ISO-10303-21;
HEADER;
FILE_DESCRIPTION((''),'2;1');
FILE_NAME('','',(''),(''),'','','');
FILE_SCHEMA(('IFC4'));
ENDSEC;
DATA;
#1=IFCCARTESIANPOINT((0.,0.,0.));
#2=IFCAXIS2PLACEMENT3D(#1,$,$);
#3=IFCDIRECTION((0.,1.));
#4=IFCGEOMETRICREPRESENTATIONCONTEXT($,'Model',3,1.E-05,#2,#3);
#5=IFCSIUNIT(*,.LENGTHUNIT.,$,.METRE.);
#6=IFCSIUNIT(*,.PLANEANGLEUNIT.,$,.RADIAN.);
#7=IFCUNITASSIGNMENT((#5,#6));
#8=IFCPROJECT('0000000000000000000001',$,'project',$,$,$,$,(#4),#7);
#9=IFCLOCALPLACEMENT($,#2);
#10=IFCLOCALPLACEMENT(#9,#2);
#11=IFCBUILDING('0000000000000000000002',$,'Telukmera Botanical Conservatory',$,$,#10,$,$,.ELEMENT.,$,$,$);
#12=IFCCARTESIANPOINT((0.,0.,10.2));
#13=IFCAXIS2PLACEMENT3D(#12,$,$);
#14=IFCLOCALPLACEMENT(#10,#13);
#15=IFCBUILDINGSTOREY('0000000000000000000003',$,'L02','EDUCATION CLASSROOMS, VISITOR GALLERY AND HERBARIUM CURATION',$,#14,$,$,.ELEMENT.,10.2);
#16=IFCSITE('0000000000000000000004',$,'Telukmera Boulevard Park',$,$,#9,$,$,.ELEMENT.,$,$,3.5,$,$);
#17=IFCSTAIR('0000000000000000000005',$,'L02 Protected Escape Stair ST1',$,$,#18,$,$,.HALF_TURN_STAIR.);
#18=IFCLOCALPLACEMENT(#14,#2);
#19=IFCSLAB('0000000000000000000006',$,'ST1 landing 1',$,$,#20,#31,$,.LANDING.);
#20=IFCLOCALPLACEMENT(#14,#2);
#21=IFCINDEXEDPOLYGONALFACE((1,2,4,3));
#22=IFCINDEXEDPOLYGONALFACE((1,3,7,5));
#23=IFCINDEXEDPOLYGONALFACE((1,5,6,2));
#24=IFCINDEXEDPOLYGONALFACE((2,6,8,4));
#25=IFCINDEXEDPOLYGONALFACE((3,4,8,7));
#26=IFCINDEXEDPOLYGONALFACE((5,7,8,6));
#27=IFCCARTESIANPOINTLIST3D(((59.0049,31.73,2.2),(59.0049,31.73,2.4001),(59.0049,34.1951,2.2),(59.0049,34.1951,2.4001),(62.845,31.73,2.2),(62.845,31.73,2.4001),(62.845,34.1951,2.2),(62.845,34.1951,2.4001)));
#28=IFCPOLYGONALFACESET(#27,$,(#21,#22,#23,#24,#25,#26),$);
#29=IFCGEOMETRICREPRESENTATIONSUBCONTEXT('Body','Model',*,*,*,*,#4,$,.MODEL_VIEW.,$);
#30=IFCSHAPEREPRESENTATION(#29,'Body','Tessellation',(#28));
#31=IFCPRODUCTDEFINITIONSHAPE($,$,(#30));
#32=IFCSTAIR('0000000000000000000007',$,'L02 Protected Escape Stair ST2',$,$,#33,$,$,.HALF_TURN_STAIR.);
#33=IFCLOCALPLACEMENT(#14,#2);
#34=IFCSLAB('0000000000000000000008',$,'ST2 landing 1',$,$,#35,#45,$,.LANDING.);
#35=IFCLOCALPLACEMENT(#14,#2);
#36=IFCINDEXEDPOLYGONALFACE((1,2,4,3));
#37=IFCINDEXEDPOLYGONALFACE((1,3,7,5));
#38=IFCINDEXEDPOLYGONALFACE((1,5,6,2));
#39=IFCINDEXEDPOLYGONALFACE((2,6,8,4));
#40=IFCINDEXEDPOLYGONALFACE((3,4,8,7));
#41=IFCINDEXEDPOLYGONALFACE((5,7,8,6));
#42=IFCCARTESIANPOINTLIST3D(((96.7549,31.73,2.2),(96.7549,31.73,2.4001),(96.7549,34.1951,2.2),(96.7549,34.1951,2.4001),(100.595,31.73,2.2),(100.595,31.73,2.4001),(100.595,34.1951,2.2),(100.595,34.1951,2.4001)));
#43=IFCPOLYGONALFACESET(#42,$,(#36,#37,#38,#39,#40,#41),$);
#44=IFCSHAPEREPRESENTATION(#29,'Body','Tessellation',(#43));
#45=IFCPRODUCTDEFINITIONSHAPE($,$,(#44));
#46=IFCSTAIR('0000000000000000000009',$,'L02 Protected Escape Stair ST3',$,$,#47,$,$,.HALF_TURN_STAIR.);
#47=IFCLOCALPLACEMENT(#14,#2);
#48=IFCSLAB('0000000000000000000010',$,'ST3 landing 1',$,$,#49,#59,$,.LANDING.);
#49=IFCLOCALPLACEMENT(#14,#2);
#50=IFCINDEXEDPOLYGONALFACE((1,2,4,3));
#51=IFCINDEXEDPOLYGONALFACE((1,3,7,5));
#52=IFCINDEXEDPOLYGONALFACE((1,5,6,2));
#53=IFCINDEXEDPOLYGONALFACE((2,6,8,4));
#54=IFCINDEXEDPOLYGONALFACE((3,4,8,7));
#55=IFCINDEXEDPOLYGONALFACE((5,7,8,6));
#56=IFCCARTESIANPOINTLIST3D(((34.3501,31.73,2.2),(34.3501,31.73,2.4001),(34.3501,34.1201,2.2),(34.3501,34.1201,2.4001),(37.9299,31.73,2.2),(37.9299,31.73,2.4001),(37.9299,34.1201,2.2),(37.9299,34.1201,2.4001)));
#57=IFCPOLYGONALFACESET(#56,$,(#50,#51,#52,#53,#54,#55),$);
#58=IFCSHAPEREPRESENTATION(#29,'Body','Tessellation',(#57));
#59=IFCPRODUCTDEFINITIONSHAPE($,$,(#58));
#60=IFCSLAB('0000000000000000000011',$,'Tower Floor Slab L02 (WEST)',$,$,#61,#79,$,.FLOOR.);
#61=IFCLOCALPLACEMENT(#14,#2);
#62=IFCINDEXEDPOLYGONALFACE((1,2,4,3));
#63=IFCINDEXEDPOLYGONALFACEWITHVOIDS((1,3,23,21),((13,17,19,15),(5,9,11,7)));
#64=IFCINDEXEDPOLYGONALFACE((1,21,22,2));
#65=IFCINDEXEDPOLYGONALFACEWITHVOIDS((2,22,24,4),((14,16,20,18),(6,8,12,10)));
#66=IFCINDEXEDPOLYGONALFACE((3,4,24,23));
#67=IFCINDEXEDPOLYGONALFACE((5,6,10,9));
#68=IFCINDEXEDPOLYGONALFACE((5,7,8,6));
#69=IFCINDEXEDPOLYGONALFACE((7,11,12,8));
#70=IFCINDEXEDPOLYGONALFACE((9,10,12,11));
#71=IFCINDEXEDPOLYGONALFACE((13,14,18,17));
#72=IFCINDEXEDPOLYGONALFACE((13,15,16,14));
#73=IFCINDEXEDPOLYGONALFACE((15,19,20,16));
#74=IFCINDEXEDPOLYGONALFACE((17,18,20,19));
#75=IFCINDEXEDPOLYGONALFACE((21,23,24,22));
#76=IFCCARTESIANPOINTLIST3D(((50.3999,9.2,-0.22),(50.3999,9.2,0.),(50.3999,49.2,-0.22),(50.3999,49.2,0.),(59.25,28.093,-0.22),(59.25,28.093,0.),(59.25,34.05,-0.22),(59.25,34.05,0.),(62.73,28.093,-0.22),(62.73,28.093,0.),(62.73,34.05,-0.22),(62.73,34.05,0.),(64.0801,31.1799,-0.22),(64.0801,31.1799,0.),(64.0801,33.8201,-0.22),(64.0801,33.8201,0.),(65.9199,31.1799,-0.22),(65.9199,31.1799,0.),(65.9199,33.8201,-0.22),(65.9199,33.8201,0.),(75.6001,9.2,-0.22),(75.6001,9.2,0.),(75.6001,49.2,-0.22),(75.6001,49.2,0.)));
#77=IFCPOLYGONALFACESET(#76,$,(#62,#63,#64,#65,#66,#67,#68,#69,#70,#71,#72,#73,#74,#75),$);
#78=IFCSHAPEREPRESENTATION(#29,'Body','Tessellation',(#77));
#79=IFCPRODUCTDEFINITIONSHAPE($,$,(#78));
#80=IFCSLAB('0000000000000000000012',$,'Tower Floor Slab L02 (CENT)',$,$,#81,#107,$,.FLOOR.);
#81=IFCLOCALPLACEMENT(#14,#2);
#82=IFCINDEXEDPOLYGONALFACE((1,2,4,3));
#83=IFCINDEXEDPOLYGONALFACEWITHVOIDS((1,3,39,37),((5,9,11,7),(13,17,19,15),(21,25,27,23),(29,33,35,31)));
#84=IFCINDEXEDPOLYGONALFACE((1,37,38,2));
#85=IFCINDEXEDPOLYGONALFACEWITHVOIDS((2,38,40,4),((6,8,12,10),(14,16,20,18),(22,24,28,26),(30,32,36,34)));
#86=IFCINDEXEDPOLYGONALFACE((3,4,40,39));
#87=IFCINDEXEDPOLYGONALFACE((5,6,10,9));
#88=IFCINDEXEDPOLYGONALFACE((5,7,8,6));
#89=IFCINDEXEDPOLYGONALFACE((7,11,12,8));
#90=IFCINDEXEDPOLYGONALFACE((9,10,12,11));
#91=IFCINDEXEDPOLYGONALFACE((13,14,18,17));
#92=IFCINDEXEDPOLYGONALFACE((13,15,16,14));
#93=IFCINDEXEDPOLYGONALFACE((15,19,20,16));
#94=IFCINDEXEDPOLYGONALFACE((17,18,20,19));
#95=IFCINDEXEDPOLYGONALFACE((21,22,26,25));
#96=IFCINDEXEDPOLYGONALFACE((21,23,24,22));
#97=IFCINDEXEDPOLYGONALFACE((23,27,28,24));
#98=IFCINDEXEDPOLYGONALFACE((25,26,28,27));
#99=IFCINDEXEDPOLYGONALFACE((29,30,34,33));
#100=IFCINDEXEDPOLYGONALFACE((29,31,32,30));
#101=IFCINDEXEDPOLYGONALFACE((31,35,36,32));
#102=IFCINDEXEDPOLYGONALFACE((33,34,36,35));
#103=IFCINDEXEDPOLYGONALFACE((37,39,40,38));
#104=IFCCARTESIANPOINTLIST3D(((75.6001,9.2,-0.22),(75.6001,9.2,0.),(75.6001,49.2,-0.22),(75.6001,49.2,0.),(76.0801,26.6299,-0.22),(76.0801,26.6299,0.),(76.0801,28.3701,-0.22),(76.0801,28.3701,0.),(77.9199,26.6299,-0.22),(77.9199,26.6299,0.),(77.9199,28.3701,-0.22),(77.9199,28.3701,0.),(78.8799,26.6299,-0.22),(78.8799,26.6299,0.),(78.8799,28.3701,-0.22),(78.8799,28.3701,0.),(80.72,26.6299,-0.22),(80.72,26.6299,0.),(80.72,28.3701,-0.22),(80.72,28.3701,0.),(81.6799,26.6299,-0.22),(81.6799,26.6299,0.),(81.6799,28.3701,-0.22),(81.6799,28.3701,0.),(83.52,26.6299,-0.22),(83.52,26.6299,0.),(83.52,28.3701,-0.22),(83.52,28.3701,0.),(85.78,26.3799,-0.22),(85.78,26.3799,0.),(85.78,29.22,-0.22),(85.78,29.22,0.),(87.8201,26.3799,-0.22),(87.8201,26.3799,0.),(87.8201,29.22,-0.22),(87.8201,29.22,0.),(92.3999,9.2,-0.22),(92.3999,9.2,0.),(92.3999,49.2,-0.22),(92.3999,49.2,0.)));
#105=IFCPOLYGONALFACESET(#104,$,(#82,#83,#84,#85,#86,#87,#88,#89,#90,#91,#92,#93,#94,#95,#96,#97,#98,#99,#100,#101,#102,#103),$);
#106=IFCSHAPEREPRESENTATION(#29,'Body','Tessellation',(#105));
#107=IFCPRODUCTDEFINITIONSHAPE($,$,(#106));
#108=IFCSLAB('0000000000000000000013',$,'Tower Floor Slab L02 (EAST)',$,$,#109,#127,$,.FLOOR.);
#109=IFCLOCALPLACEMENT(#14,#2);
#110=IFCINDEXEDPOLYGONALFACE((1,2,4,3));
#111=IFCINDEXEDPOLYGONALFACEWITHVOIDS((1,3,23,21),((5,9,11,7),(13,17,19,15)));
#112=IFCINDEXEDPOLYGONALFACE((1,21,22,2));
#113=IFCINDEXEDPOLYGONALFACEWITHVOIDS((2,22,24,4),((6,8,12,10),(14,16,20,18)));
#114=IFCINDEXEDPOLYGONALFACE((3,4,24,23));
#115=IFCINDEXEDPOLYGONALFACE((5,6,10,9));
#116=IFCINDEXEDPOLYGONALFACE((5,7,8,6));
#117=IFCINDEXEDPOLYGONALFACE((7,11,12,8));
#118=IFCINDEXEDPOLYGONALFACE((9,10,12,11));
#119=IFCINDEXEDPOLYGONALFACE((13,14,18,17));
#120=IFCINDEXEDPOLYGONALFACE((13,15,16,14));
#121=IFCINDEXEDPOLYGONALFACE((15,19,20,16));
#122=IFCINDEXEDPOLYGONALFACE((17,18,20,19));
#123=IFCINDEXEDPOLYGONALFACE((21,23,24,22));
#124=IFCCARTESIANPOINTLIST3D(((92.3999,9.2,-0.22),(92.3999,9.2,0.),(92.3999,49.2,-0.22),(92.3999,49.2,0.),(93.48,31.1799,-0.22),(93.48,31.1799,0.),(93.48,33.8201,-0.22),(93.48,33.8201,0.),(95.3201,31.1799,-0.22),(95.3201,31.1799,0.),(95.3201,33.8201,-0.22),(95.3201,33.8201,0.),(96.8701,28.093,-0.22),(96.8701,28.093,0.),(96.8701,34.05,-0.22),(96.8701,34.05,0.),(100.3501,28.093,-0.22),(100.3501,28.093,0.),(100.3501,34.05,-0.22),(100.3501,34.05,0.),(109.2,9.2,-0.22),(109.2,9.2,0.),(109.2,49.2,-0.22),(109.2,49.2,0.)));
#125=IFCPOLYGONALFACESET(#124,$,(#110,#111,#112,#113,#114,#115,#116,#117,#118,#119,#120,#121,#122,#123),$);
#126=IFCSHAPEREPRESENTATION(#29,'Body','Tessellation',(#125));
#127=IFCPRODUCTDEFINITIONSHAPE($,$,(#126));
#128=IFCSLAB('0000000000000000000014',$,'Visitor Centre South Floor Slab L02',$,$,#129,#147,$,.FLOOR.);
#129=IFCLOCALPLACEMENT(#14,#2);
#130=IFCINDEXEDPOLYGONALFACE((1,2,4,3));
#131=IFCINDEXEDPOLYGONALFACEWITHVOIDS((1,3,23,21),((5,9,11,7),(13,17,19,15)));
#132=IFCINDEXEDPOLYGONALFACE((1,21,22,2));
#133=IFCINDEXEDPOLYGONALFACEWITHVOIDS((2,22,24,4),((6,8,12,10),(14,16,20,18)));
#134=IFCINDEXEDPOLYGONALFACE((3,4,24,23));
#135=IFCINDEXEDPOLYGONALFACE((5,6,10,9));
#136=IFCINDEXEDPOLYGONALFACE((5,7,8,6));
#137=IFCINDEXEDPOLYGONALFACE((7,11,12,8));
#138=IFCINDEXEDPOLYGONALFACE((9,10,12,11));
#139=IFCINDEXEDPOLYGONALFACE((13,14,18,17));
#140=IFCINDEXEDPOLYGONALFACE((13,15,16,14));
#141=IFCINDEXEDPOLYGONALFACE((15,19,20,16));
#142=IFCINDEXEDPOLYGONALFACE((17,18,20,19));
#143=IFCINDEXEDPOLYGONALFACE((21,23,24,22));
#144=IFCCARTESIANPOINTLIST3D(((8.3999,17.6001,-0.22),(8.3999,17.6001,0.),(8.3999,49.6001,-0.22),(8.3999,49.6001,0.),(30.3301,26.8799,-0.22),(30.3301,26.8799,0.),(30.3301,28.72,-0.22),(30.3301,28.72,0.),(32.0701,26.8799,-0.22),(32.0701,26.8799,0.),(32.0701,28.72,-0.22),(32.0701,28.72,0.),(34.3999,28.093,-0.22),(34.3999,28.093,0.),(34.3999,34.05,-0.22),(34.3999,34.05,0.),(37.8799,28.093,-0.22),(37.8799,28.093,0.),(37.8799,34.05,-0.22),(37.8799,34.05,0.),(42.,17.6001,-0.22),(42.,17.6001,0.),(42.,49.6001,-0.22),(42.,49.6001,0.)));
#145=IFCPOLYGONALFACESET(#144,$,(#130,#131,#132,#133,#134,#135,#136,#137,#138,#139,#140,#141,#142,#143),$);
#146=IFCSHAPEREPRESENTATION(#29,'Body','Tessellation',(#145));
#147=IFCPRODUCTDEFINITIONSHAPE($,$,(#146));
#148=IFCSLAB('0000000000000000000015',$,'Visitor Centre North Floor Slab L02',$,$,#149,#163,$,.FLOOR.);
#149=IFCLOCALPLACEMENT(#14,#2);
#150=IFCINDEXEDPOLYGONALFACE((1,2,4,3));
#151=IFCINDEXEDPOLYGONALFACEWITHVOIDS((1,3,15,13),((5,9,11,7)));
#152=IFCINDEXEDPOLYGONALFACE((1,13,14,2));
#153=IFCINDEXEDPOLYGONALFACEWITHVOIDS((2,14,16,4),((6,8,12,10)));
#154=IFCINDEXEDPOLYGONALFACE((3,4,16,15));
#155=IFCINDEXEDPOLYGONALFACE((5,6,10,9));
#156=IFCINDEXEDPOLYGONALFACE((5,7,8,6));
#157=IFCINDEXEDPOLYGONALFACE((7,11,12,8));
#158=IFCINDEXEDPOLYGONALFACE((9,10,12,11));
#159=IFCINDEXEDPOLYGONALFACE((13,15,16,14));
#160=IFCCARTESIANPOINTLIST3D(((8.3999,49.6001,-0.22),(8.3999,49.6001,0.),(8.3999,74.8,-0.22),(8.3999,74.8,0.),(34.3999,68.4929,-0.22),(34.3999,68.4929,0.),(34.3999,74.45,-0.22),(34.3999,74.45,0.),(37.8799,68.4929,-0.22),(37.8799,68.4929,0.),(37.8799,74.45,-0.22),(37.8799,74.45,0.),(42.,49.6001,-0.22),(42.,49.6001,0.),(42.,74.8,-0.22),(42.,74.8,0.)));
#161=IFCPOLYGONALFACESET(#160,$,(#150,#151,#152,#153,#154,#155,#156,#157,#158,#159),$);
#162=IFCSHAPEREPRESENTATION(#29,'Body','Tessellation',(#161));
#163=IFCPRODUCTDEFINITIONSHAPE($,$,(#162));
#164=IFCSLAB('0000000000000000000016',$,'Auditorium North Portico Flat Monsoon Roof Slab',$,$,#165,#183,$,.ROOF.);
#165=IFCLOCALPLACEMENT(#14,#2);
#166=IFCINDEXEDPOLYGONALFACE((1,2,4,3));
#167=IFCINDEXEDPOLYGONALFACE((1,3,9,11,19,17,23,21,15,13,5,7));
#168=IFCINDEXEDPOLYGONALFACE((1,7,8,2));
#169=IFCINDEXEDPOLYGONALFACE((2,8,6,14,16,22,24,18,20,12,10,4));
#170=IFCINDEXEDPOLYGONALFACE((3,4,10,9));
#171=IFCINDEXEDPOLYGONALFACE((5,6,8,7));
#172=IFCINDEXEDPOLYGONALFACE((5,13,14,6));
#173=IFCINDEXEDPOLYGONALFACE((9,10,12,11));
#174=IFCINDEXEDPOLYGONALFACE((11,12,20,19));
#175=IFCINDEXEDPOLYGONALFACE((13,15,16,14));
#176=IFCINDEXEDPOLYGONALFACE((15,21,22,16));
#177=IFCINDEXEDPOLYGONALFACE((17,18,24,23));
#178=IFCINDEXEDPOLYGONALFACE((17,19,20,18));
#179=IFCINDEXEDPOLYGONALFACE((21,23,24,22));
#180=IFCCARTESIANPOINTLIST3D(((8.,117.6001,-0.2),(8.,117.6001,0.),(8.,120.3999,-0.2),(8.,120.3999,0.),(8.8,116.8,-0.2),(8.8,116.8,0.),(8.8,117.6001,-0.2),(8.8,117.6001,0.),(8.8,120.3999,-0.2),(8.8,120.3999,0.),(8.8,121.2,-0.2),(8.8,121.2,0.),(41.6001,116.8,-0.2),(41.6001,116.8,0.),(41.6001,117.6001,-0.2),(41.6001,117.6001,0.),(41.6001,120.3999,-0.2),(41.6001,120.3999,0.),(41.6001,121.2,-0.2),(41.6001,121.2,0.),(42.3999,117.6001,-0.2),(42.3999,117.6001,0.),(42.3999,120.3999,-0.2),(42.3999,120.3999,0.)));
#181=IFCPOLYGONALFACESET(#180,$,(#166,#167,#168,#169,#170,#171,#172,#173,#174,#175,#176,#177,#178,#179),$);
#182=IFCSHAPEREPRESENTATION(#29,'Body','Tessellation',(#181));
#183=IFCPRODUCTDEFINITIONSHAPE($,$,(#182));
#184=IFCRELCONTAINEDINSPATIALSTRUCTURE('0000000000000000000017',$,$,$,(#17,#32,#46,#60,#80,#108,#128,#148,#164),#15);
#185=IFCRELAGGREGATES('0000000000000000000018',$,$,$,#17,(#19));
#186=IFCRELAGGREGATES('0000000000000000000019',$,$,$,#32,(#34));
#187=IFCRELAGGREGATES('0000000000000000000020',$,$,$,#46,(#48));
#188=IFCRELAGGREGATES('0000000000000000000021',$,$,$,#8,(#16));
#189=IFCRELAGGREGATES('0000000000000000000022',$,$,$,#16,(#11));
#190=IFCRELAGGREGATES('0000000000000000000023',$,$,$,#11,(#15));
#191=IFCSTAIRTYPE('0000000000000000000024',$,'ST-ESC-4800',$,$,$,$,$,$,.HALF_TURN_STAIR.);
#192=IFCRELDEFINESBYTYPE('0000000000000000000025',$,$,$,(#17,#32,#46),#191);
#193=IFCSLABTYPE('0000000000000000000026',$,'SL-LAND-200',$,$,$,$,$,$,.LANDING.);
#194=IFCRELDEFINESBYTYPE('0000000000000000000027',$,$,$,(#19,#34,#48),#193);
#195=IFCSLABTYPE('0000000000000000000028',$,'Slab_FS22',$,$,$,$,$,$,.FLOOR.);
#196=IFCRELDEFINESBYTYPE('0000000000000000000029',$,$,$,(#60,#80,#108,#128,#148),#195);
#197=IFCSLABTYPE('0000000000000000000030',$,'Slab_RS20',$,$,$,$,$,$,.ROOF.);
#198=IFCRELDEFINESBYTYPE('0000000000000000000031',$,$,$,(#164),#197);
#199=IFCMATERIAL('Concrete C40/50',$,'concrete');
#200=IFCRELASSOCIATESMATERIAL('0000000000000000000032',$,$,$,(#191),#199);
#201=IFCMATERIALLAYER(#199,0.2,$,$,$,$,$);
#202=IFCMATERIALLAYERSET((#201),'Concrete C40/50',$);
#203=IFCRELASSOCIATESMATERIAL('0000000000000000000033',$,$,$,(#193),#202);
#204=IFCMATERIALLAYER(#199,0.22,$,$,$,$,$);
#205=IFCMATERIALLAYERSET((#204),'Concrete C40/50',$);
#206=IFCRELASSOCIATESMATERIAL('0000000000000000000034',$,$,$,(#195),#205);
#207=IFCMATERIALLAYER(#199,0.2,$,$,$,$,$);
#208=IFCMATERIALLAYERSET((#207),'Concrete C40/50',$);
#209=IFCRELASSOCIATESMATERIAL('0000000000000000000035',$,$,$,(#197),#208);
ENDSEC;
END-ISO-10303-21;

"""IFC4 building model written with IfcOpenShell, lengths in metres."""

from ifc_helpers import new_model, si_unit, direction, frame, origin, place, context, subcontext, project, spatial, polyline, outline, extrude, material, layer, layer_set, type_object, element, aggregate, save


model = new_model("IFC4")

# Units and contexts
model_context = context("Model", 3, precision=1e-05, world=origin(), true_north=direction((0.0, 1.0)))
body_context = subcontext(model_context, "Body", "Model", "MODEL_VIEW")
ifc_project = project(units=[si_unit("LENGTHUNIT", "METRE"), si_unit("PLANEANGLEUNIT", "RADIAN")], contexts=[model_context])

# Site, building, storey
site_placement = place(None, origin())
site = spatial("IfcSite", under=ifc_project, at=site_placement, Name="Telukmera Boulevard Park", CompositionType="ELEMENT", RefElevation=3.5)
building_placement = place(site_placement, origin())
building = spatial("IfcBuilding", under=site, at=building_placement, Name="Telukmera Botanical Conservatory", CompositionType="ELEMENT")
storey_placement = place(building_placement, frame((0.0, 0.0, 10.2)))
storey = spatial("IfcBuildingStorey", under=building, at=storey_placement, Name="L02", Description="EDUCATION CLASSROOMS, VISITOR GALLERY AND HERBARIUM CURATION", CompositionType="ELEMENT", Elevation=10.2)

# Stairs, slabs
ifc_material_1 = material(Name="Concrete C40/50", Category="concrete")
stair_type = type_object("IfcStairType", Name="ST-ESC-4800", PredefinedType="HALF_TURN_STAIR", material=ifc_material_1)
stair_1_placement = place(storey_placement, origin())
stair_1 = element("IfcStair", 1, at=stair_1_placement, inside=storey, type_object=stair_type, Name="L02 Protected Escape Stair ST1", PredefinedType="HALF_TURN_STAIR")
ifc_layer_1 = layer(ifc_material_1, 0.2)
ifc_layer_set_1 = layer_set([ifc_layer_1], Name="Concrete C40/50")
slab_type_1 = type_object("IfcSlabType", Name="SL-LAND-200", PredefinedType="LANDING", material=ifc_layer_set_1)
slab_1_placement = place(storey_placement, frame((0.0, 0.0, 2.2)))
slab_1 = element("IfcSlab", 2, at=slab_1_placement, type_object=slab_type_1, Name="ST1 landing 1", PredefinedType="LANDING", context=body_context, shape_type="SweptSolid", body=[
    extrude(outline(polyline([(59.0049, 31.73), (62.845, 31.73), (62.845, 34.1951), (59.0049, 34.1951), (59.0049, 31.73)])), origin(), (0.0, 0.0, 1.0), 0.2002),
])
aggregate(stair_1, [slab_1])
stair_2_placement = place(storey_placement, origin())
stair_2 = element("IfcStair", 3, at=stair_2_placement, inside=storey, type_object=stair_type, Name="L02 Protected Escape Stair ST2", PredefinedType="HALF_TURN_STAIR")
slab_2_placement = place(storey_placement, frame((0.0, 0.0, 2.2)))
slab_2 = element("IfcSlab", 4, at=slab_2_placement, type_object=slab_type_1, Name="ST2 landing 1", PredefinedType="LANDING", context=body_context, shape_type="SweptSolid", body=[
    extrude(outline(polyline([(96.7549, 31.73), (100.595, 31.73), (100.595, 34.1951), (96.7549, 34.1951), (96.7549, 31.73)])), origin(), (0.0, 0.0, 1.0), 0.2002),
])
aggregate(stair_2, [slab_2])
stair_3_placement = place(storey_placement, origin())
stair_3 = element("IfcStair", 5, at=stair_3_placement, inside=storey, type_object=stair_type, Name="L02 Protected Escape Stair ST3", PredefinedType="HALF_TURN_STAIR")
slab_3_placement = place(storey_placement, frame((0.0, 0.0, 2.2)))
slab_3 = element("IfcSlab", 6, at=slab_3_placement, type_object=slab_type_1, Name="ST3 landing 1", PredefinedType="LANDING", context=body_context, shape_type="SweptSolid", body=[
    extrude(outline(polyline([(34.3501, 31.73), (37.9299, 31.73), (37.9299, 34.1201), (34.3501, 34.1201), (34.3501, 31.73)])), origin(), (0.0, 0.0, 1.0), 0.2002),
])
aggregate(stair_3, [slab_3])

# Slabs
ifc_layer_2 = layer(ifc_material_1, 0.22)
ifc_layer_set_2 = layer_set([ifc_layer_2], Name="Concrete C40/50")
slab_type_2 = type_object("IfcSlabType", Name="Slab_FS22", PredefinedType="FLOOR", material=ifc_layer_set_2)
slab_4_placement = place(storey_placement, frame((0.0, 0.0, -0.22)))
element("IfcSlab", 7, at=slab_4_placement, inside=storey, type_object=slab_type_2, Name="Tower Floor Slab L02 (WEST)", PredefinedType="FLOOR", context=body_context, shape_type="SweptSolid", body=[
    extrude(outline(polyline([(50.3999, 9.2), (75.6001, 9.2), (75.6001, 49.2), (50.3999, 49.2), (50.3999, 9.2)]), holes=[polyline([(62.73, 28.093), (62.73, 34.05), (59.25, 34.05), (59.25, 28.093), (62.73, 28.093)]), polyline([(64.0801, 31.1799), (65.9199, 31.1799), (65.9199, 33.8201), (64.0801, 33.8201), (64.0801, 31.1799)])]), origin(), (0.0, 0.0, 1.0), 0.22),
])
slab_5_placement = place(storey_placement, frame((0.0, 0.0, -0.22)))
element("IfcSlab", 8, at=slab_5_placement, inside=storey, type_object=slab_type_2, Name="Tower Floor Slab L02 (CENT)", PredefinedType="FLOOR", context=body_context, shape_type="SweptSolid", body=[
    extrude(outline(polyline([(75.6001, 9.2), (92.3999, 9.2), (92.3999, 49.2), (75.6001, 49.2), (75.6001, 9.2)]), holes=[polyline([(85.78, 26.3799), (87.8201, 26.3799), (87.8201, 29.22), (85.78, 29.22), (85.78, 26.3799)]), polyline([(76.0801, 26.6299), (77.9199, 26.6299), (77.9199, 28.3701), (76.0801, 28.3701), (76.0801, 26.6299)]), polyline([(78.8799, 26.6299), (80.72, 26.6299), (80.72, 28.3701), (78.8799, 28.3701), (78.8799, 26.6299)]), polyline([(81.6799, 26.6299), (83.52, 26.6299), (83.52, 28.3701), (81.6799, 28.3701), (81.6799, 26.6299)])]), origin(), (0.0, 0.0, 1.0), 0.22),
])
slab_6_placement = place(storey_placement, frame((0.0, 0.0, -0.22)))
element("IfcSlab", 9, at=slab_6_placement, inside=storey, type_object=slab_type_2, Name="Tower Floor Slab L02 (EAST)", PredefinedType="FLOOR", context=body_context, shape_type="SweptSolid", body=[
    extrude(outline(polyline([(92.3999, 9.2), (109.2, 9.2), (109.2, 49.2), (92.3999, 49.2), (92.3999, 9.2)]), holes=[polyline([(100.3501, 28.093), (100.3501, 34.05), (96.8701, 34.05), (96.8701, 28.093), (100.3501, 28.093)]), polyline([(93.48, 31.1799), (95.3201, 31.1799), (95.3201, 33.8201), (93.48, 33.8201), (93.48, 31.1799)])]), origin(), (0.0, 0.0, 1.0), 0.22),
])
slab_7_placement = place(storey_placement, frame((0.0, 0.0, -0.22)))
element("IfcSlab", 10, at=slab_7_placement, inside=storey, type_object=slab_type_2, Name="Visitor Centre South Floor Slab L02", PredefinedType="FLOOR", context=body_context, shape_type="SweptSolid", body=[
    extrude(outline(polyline([(8.3999, 17.6001), (42.0, 17.6001), (42.0, 49.6001), (8.3999, 49.6001), (8.3999, 17.6001)]), holes=[polyline([(37.8799, 28.093), (37.8799, 34.05), (34.3999, 34.05), (34.3999, 28.093), (37.8799, 28.093)]), polyline([(30.3301, 26.8799), (32.0701, 26.8799), (32.0701, 28.72), (30.3301, 28.72), (30.3301, 26.8799)])]), origin(), (0.0, 0.0, 1.0), 0.22),
])
slab_8_placement = place(storey_placement, frame((0.0, 0.0, -0.22)))
element("IfcSlab", 11, at=slab_8_placement, inside=storey, type_object=slab_type_2, Name="Visitor Centre North Floor Slab L02", PredefinedType="FLOOR", context=body_context, shape_type="SweptSolid", body=[
    extrude(outline(polyline([(8.3999, 49.6001), (42.0, 49.6001), (42.0, 74.8), (8.3999, 74.8), (8.3999, 49.6001)]), holes=[polyline([(37.8799, 68.4929), (37.8799, 74.45), (34.3999, 74.45), (34.3999, 68.4929), (37.8799, 68.4929)])]), origin(), (0.0, 0.0, 1.0), 0.22),
])
ifc_layer_3 = layer(ifc_material_1, 0.2)
ifc_layer_set_3 = layer_set([ifc_layer_3], Name="Concrete C40/50")
slab_type_3 = type_object("IfcSlabType", Name="Slab_RS20", PredefinedType="ROOF", material=ifc_layer_set_3)
slab_9_placement = place(storey_placement, frame((0.0, 0.0, -0.2)))
element("IfcSlab", 12, at=slab_9_placement, inside=storey, type_object=slab_type_3, Name="Auditorium North Portico Flat Monsoon Roof Slab", PredefinedType="ROOF", context=body_context, shape_type="SweptSolid", body=[
    extrude(outline(polyline([(8.8, 116.8), (41.6001, 116.8), (41.6001, 117.6001), (42.3999, 117.6001), (42.3999, 120.3999), (41.6001, 120.3999), (41.6001, 121.2), (8.8, 121.2), (8.8, 120.3999), (8.0, 120.3999), (8.0, 117.6001), (8.8, 117.6001), (8.8, 116.8)])), origin(), (0.0, 0.0, 1.0), 0.2),
])

save(model, "model.ifc")
